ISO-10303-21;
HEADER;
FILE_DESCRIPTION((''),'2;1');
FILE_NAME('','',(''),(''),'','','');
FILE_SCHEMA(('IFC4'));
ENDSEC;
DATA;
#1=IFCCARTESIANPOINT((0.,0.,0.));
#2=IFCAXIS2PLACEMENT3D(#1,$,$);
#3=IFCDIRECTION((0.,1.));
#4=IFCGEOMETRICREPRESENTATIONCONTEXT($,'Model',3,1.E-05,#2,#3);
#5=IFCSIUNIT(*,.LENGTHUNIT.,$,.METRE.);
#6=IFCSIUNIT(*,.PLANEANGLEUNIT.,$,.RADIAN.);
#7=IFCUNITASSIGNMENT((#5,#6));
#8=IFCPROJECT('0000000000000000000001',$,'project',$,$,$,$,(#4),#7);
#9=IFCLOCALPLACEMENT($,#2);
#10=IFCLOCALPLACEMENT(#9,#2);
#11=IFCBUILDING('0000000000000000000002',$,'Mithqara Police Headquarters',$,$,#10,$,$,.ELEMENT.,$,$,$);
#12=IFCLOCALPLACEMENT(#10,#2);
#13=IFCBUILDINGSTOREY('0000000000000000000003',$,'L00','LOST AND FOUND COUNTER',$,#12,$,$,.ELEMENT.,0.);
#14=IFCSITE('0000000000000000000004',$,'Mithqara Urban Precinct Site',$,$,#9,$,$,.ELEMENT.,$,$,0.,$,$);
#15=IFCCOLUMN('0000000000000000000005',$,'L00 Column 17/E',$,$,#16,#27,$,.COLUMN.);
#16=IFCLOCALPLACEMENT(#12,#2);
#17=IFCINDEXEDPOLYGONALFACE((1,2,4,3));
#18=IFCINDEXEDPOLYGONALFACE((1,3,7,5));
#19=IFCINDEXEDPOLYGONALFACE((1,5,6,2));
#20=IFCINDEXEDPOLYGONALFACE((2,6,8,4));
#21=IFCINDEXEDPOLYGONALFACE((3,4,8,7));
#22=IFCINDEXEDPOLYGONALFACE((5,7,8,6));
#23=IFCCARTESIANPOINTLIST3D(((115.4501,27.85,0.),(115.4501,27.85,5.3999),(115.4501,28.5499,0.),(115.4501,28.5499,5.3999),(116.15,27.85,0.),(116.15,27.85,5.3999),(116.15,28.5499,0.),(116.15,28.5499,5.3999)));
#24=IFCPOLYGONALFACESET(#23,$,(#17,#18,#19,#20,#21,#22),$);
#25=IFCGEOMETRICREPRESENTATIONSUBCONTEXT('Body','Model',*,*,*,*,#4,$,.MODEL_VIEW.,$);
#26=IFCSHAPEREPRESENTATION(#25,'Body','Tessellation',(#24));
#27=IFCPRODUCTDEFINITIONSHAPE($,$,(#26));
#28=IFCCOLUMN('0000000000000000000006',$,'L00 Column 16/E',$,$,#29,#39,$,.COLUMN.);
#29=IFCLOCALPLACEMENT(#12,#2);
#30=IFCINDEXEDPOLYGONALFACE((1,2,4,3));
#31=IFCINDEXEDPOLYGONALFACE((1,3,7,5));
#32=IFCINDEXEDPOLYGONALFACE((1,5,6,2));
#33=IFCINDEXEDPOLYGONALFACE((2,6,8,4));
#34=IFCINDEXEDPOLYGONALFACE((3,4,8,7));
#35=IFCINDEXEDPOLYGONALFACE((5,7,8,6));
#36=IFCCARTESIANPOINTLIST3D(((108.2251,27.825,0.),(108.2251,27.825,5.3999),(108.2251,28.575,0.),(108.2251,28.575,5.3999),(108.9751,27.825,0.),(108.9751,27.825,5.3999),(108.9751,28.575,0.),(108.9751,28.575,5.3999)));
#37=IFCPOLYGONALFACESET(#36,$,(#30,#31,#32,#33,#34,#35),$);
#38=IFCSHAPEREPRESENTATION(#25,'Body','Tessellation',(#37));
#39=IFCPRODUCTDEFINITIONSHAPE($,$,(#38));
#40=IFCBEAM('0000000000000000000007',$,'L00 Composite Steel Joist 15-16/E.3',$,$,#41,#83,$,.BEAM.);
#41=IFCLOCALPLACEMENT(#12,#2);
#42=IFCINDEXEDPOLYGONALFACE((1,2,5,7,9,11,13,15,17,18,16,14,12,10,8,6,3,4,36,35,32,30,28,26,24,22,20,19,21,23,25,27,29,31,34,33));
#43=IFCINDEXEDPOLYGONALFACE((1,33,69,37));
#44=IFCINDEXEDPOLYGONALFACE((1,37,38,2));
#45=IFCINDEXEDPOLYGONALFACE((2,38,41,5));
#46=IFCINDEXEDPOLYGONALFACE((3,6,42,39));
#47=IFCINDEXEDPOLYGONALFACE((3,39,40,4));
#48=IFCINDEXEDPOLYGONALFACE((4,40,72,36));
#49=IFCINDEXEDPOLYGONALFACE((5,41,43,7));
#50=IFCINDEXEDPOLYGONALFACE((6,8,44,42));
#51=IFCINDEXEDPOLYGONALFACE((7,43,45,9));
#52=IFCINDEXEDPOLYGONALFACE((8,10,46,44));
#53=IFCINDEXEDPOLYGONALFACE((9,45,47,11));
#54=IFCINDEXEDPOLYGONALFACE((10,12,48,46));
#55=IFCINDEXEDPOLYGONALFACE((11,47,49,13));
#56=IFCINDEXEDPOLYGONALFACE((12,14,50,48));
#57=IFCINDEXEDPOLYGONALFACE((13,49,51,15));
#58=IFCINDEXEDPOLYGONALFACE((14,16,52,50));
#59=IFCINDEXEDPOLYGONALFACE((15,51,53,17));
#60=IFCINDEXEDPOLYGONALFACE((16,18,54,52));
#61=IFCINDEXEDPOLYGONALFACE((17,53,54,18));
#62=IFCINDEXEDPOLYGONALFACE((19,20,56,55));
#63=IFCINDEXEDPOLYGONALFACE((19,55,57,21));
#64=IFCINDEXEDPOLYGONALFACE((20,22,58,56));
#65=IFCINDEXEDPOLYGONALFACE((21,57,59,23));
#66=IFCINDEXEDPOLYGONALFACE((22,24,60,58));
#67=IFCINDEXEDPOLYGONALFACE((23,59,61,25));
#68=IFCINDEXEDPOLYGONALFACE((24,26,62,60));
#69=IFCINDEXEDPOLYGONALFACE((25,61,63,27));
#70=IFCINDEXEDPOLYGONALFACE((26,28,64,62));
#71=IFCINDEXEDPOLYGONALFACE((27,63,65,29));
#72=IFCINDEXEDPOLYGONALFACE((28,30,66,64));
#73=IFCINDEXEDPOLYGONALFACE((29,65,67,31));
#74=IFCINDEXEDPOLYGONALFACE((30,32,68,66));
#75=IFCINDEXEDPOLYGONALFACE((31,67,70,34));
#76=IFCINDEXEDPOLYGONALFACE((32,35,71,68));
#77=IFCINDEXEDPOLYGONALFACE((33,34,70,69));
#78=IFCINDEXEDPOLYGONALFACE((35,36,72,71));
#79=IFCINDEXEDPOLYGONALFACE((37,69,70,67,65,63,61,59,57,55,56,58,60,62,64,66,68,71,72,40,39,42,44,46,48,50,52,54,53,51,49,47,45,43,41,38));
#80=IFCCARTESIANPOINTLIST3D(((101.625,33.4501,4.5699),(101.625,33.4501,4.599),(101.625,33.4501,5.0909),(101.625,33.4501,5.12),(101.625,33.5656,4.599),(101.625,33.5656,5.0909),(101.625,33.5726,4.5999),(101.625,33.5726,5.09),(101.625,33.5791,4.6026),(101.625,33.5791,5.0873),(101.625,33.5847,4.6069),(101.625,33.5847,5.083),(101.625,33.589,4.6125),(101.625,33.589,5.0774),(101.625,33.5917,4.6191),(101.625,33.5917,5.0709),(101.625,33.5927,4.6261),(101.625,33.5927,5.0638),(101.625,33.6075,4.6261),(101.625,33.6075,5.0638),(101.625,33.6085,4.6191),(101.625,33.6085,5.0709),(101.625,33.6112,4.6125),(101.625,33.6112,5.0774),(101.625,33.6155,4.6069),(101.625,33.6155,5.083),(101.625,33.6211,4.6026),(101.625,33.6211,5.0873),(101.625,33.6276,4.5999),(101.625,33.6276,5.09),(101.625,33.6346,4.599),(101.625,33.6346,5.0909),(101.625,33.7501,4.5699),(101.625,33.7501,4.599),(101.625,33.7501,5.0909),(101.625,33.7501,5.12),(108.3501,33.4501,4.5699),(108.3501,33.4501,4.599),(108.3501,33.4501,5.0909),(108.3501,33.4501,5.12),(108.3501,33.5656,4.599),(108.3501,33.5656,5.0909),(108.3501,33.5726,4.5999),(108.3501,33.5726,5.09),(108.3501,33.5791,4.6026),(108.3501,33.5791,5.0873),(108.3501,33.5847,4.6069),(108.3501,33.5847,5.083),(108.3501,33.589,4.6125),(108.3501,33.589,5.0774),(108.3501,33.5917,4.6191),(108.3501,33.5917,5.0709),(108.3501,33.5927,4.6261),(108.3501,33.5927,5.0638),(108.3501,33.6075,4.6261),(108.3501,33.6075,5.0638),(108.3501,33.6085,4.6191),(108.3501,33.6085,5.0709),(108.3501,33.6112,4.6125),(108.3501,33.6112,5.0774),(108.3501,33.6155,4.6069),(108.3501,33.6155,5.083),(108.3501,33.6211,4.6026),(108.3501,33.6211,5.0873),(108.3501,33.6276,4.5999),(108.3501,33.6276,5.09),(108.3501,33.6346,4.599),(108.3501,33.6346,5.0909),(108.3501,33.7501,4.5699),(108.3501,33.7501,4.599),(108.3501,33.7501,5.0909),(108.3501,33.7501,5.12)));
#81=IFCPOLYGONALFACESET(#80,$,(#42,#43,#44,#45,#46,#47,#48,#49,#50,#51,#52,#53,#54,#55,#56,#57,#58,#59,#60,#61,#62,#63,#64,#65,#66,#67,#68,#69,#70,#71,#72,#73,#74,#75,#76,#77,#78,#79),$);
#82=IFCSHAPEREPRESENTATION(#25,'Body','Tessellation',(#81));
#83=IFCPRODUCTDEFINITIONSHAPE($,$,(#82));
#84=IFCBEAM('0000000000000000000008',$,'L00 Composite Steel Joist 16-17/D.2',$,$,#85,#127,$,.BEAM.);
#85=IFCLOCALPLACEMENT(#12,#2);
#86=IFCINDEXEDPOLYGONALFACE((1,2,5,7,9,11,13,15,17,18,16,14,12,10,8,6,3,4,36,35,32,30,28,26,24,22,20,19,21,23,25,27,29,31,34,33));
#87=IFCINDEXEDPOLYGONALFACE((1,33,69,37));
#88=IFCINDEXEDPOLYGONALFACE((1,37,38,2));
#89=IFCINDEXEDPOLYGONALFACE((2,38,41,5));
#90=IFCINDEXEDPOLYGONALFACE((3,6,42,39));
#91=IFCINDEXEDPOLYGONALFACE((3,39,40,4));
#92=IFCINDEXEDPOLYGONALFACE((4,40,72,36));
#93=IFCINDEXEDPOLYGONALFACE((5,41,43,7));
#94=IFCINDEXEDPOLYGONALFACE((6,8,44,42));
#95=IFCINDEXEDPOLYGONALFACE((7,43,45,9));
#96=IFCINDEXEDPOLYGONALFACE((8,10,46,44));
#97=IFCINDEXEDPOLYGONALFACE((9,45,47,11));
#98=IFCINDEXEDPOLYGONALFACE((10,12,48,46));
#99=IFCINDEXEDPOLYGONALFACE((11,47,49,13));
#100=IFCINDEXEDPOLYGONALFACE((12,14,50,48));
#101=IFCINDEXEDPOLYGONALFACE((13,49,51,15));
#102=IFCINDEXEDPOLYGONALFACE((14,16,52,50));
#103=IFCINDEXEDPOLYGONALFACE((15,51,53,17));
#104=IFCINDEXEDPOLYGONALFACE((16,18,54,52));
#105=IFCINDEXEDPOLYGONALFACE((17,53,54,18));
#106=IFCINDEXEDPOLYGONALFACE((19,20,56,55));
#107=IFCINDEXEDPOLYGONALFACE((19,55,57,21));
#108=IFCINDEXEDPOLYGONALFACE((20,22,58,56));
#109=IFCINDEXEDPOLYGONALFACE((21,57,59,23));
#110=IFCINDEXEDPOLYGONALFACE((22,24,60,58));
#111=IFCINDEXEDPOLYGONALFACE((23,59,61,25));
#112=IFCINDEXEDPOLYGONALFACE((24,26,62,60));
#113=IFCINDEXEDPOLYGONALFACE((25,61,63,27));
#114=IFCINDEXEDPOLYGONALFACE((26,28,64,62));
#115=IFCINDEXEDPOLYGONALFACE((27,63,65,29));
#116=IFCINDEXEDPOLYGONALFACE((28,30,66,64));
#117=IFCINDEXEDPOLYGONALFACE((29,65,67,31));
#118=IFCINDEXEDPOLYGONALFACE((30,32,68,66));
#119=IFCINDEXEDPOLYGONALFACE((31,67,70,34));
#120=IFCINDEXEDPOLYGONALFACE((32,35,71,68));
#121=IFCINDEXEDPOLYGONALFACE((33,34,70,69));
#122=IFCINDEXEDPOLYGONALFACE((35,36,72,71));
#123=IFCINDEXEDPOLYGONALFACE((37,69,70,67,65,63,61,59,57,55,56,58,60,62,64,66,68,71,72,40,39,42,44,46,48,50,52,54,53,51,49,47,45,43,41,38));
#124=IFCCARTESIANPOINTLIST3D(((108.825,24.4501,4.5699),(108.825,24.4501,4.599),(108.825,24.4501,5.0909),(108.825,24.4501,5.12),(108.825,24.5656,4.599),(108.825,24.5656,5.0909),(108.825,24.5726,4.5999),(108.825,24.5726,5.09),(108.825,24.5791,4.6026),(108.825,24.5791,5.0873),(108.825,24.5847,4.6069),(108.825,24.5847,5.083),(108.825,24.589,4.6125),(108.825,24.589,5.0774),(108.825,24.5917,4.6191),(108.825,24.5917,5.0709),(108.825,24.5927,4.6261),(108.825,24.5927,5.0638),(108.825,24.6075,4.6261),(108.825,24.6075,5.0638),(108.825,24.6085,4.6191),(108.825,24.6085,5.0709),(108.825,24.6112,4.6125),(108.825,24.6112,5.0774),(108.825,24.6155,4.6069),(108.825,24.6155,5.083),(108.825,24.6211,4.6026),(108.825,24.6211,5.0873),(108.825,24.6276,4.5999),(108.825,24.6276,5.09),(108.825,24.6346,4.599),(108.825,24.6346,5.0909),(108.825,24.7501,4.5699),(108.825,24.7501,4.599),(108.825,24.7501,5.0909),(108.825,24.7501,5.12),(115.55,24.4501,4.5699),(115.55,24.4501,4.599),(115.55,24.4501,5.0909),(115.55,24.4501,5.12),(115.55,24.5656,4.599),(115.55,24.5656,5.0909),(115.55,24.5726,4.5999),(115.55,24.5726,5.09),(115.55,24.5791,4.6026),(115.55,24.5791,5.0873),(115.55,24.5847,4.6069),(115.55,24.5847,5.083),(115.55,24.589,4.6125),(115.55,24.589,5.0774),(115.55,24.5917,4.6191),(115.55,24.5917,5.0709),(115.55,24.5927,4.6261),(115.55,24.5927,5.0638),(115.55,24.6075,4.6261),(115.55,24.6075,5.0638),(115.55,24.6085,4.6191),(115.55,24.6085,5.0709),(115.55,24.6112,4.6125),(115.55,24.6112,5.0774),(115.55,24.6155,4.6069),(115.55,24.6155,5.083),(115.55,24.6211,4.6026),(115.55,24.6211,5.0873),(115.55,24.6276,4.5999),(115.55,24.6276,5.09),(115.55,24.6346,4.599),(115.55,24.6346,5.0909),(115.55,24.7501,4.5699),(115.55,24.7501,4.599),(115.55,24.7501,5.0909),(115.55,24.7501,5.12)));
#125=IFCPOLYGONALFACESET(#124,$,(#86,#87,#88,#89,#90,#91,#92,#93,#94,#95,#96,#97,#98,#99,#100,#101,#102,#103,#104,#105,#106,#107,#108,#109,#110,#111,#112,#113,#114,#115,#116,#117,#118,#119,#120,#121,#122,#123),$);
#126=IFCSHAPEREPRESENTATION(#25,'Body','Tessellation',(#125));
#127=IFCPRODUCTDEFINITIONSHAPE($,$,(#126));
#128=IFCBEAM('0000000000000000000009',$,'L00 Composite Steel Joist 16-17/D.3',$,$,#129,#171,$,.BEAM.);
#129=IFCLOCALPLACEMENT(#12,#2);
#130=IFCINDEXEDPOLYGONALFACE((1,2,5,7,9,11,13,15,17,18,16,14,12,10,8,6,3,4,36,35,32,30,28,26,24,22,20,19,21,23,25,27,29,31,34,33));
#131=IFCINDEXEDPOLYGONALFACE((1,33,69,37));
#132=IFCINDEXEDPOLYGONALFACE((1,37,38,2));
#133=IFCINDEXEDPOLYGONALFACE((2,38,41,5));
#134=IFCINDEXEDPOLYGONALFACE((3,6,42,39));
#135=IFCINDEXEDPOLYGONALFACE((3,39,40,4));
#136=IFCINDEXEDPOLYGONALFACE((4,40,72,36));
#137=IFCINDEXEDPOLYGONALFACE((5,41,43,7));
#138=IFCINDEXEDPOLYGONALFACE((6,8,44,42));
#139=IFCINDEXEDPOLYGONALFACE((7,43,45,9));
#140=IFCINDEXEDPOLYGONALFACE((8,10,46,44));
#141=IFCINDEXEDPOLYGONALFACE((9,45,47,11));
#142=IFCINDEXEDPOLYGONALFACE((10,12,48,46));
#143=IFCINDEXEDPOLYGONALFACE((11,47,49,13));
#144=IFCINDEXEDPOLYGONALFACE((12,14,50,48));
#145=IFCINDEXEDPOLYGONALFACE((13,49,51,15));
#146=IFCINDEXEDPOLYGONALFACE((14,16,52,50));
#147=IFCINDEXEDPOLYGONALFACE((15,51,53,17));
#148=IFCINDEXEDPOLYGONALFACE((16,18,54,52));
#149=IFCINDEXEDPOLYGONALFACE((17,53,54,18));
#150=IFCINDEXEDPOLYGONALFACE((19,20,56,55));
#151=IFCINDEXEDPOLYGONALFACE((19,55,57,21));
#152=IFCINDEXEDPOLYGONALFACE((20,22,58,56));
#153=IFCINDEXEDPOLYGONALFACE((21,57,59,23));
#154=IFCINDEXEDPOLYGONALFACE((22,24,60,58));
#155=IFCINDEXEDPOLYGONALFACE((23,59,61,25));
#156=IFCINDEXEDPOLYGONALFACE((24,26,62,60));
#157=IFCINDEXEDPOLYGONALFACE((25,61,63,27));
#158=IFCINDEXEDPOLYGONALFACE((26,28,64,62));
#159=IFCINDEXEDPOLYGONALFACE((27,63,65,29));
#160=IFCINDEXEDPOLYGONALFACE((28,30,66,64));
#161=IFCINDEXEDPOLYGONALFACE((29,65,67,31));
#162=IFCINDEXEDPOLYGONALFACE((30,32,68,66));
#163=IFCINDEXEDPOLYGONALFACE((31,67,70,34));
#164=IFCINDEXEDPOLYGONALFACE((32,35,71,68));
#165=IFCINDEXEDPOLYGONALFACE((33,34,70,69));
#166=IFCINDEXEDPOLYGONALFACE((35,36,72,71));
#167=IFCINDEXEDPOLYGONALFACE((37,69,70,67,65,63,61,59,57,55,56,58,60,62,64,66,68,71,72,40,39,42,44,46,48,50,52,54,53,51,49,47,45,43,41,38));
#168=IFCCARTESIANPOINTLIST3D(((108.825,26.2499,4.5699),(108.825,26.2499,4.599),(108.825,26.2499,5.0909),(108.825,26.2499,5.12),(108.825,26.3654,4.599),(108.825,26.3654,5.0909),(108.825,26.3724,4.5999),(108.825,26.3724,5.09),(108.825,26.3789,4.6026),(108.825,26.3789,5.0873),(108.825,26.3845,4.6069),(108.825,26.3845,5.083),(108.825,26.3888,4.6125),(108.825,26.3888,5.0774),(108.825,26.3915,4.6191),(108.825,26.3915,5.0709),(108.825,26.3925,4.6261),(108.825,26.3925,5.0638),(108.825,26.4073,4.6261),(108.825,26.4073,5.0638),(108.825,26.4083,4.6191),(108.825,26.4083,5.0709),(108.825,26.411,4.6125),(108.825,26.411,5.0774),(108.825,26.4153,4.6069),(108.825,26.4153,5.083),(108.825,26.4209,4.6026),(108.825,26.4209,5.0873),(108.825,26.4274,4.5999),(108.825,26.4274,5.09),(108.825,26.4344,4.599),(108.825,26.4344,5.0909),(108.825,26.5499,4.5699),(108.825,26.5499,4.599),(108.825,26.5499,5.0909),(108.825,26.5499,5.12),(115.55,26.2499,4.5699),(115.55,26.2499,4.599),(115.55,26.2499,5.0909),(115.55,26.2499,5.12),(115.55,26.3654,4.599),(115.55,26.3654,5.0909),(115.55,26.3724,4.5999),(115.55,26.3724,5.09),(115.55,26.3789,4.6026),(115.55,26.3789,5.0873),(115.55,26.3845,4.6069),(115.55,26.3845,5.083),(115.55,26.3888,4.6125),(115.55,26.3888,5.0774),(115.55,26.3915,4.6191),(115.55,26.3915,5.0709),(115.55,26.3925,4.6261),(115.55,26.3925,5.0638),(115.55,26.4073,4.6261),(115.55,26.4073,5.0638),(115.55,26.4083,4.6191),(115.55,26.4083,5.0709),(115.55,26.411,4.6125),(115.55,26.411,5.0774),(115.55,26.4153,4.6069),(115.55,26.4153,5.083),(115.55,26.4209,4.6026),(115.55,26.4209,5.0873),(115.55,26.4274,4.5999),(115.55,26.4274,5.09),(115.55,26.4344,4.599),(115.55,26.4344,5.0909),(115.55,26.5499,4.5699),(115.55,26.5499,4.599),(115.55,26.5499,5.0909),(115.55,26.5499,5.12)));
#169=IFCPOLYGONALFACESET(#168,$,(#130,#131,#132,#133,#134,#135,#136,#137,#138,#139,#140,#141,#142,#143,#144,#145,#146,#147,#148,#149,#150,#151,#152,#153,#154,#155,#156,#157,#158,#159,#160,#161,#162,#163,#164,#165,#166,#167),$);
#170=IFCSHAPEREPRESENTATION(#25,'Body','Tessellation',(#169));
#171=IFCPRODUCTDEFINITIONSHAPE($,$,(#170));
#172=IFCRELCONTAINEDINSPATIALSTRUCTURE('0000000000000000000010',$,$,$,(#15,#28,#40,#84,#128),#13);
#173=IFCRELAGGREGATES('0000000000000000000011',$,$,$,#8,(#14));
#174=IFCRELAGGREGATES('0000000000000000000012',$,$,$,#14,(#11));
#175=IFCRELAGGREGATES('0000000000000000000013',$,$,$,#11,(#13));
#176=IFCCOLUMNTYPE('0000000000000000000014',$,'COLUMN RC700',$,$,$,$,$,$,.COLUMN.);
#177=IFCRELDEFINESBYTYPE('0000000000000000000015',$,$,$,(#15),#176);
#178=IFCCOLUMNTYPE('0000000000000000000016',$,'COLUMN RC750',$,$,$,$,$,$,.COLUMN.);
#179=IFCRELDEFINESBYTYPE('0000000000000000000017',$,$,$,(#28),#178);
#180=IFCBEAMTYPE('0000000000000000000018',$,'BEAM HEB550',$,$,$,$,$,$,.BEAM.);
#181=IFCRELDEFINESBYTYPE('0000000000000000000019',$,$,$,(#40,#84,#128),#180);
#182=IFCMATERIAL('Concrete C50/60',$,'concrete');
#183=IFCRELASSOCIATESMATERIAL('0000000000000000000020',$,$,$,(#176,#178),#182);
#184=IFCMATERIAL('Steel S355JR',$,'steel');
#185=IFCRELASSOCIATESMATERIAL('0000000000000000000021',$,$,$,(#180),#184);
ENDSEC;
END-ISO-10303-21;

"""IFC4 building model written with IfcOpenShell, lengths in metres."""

from ifc_helpers import new_model, si_unit, direction, frame, origin, origin_2d, place, context, subcontext, project, spatial, rectangle, i_section, extrude, material, material_profile, profile_set, type_object, element, save


model = new_model("IFC4")

# Units and contexts
model_context = context("Model", 3, precision=1e-05, world=origin(), true_north=direction((0.0, 1.0)))
body_context = subcontext(model_context, "Body", "Model", "MODEL_VIEW")
ifc_project = project(units=[si_unit("LENGTHUNIT", "METRE"), si_unit("PLANEANGLEUNIT", "RADIAN")], contexts=[model_context])

# Site, building, storey
site_placement = place(None, origin())
site = spatial("IfcSite", under=ifc_project, at=site_placement, Name="Mithqara Urban Precinct Site", CompositionType="ELEMENT", RefElevation=0.0)
building_placement = place(site_placement, origin())
building = spatial("IfcBuilding", under=site, at=building_placement, Name="Mithqara Police Headquarters", CompositionType="ELEMENT")
storey_placement = place(building_placement, origin())
storey = spatial("IfcBuildingStorey", under=building, at=storey_placement, Name="L00", Description="LOST AND FOUND COUNTER", CompositionType="ELEMENT", Elevation=0.0)

# Columns
ifc_material_1 = material(Name="Concrete C50/60", Category="concrete")
ifc_material_profile_1 = material_profile(ifc_material_1, rectangle(XDim=0.7, YDim=0.7, at=origin_2d()), Name="RC 700x700")
ifc_profile_set_1 = profile_set([ifc_material_profile_1], Name="Concrete C50/60")
column_type_1 = type_object("IfcColumnType", Name="COLUMN RC700", PredefinedType="COLUMN", material=ifc_profile_set_1)
column_1_placement = place(storey_placement, frame((115.8, 28.2, 0.0), z_axis=(0.0, 0.0, 1.0), x_axis=(1.0, 0.0, 0.0)))
element("IfcColumn", 1, at=column_1_placement, inside=storey, type_object=column_type_1, Name="L00 Column 17/E", PredefinedType="COLUMN", context=body_context, shape_type="SweptSolid", body=[
    extrude(rectangle(XDim=0.7, YDim=0.7, at=origin_2d()), origin(), (0.0, 0.0, 1.0), 5.3999),
])
ifc_material_profile_2 = material_profile(ifc_material_1, rectangle(XDim=0.75, YDim=0.75, at=origin_2d()), Name="RC 750x750")
ifc_profile_set_2 = profile_set([ifc_material_profile_2], Name="Concrete C50/60")
column_type_2 = type_object("IfcColumnType", Name="COLUMN RC750", PredefinedType="COLUMN", material=ifc_profile_set_2)
column_2_placement = place(storey_placement, frame((108.6001, 28.2, 0.0), z_axis=(0.0, 0.0, 1.0), x_axis=(1.0, 0.0, 0.0)))
element("IfcColumn", 2, at=column_2_placement, inside=storey, type_object=column_type_2, Name="L00 Column 16/E", PredefinedType="COLUMN", context=body_context, shape_type="SweptSolid", body=[
    extrude(rectangle(XDim=0.75, YDim=0.75, at=origin_2d()), origin(), (0.0, 0.0, 1.0), 5.3999),
])

# Beams
ifc_material_2 = material(Name="Steel S355JR", Category="steel")
ifc_material_profile_3 = material_profile(ifc_material_2, i_section(OverallWidth=0.3, OverallDepth=0.55, WebThickness=0.0149, FlangeThickness=0.0291, FilletRadius=0.0271, at=origin_2d()), Name="HEB 550")
ifc_profile_set_3 = profile_set([ifc_material_profile_3], Name="Steel S355JR")
beam_type_1 = type_object("IfcBeamType", Name="BEAM HEB550", PredefinedType="BEAM", material=ifc_profile_set_3)
for number, where, z_axis, x_axis, name in (
    (3, (101.625, 33.6001, 4.845), (1.0, 0.0, 0.0), (0.0, 1.0, 0.0), "L00 Composite Steel Joist 15-16/E.3"),
    (4, (108.825, 24.6001, 4.845), (1.0, 0.0, 0.0), (0.0, 1.0, 0.0), "L00 Composite Steel Joist 16-17/D.2"),
    (5, (108.825, 26.3999, 4.845), (1.0, 0.0, 0.0), (0.0, 1.0, 0.0), "L00 Composite Steel Joist 16-17/D.3"),
):
    element("IfcBeam", number, at=place(storey_placement, frame(where, z_axis=z_axis, x_axis=x_axis)), inside=storey, type_object=beam_type_1, Name=name, PredefinedType="BEAM", context=body_context, shape_type="SweptSolid", body=[
        extrude(i_section(OverallWidth=0.3, OverallDepth=0.55, WebThickness=0.0149, FlangeThickness=0.0291, FilletRadius=0.0271, at=origin_2d()), origin(), (0.0, 0.0, 1.0), 6.7251),
    ])

save(model, "model.ifc")
